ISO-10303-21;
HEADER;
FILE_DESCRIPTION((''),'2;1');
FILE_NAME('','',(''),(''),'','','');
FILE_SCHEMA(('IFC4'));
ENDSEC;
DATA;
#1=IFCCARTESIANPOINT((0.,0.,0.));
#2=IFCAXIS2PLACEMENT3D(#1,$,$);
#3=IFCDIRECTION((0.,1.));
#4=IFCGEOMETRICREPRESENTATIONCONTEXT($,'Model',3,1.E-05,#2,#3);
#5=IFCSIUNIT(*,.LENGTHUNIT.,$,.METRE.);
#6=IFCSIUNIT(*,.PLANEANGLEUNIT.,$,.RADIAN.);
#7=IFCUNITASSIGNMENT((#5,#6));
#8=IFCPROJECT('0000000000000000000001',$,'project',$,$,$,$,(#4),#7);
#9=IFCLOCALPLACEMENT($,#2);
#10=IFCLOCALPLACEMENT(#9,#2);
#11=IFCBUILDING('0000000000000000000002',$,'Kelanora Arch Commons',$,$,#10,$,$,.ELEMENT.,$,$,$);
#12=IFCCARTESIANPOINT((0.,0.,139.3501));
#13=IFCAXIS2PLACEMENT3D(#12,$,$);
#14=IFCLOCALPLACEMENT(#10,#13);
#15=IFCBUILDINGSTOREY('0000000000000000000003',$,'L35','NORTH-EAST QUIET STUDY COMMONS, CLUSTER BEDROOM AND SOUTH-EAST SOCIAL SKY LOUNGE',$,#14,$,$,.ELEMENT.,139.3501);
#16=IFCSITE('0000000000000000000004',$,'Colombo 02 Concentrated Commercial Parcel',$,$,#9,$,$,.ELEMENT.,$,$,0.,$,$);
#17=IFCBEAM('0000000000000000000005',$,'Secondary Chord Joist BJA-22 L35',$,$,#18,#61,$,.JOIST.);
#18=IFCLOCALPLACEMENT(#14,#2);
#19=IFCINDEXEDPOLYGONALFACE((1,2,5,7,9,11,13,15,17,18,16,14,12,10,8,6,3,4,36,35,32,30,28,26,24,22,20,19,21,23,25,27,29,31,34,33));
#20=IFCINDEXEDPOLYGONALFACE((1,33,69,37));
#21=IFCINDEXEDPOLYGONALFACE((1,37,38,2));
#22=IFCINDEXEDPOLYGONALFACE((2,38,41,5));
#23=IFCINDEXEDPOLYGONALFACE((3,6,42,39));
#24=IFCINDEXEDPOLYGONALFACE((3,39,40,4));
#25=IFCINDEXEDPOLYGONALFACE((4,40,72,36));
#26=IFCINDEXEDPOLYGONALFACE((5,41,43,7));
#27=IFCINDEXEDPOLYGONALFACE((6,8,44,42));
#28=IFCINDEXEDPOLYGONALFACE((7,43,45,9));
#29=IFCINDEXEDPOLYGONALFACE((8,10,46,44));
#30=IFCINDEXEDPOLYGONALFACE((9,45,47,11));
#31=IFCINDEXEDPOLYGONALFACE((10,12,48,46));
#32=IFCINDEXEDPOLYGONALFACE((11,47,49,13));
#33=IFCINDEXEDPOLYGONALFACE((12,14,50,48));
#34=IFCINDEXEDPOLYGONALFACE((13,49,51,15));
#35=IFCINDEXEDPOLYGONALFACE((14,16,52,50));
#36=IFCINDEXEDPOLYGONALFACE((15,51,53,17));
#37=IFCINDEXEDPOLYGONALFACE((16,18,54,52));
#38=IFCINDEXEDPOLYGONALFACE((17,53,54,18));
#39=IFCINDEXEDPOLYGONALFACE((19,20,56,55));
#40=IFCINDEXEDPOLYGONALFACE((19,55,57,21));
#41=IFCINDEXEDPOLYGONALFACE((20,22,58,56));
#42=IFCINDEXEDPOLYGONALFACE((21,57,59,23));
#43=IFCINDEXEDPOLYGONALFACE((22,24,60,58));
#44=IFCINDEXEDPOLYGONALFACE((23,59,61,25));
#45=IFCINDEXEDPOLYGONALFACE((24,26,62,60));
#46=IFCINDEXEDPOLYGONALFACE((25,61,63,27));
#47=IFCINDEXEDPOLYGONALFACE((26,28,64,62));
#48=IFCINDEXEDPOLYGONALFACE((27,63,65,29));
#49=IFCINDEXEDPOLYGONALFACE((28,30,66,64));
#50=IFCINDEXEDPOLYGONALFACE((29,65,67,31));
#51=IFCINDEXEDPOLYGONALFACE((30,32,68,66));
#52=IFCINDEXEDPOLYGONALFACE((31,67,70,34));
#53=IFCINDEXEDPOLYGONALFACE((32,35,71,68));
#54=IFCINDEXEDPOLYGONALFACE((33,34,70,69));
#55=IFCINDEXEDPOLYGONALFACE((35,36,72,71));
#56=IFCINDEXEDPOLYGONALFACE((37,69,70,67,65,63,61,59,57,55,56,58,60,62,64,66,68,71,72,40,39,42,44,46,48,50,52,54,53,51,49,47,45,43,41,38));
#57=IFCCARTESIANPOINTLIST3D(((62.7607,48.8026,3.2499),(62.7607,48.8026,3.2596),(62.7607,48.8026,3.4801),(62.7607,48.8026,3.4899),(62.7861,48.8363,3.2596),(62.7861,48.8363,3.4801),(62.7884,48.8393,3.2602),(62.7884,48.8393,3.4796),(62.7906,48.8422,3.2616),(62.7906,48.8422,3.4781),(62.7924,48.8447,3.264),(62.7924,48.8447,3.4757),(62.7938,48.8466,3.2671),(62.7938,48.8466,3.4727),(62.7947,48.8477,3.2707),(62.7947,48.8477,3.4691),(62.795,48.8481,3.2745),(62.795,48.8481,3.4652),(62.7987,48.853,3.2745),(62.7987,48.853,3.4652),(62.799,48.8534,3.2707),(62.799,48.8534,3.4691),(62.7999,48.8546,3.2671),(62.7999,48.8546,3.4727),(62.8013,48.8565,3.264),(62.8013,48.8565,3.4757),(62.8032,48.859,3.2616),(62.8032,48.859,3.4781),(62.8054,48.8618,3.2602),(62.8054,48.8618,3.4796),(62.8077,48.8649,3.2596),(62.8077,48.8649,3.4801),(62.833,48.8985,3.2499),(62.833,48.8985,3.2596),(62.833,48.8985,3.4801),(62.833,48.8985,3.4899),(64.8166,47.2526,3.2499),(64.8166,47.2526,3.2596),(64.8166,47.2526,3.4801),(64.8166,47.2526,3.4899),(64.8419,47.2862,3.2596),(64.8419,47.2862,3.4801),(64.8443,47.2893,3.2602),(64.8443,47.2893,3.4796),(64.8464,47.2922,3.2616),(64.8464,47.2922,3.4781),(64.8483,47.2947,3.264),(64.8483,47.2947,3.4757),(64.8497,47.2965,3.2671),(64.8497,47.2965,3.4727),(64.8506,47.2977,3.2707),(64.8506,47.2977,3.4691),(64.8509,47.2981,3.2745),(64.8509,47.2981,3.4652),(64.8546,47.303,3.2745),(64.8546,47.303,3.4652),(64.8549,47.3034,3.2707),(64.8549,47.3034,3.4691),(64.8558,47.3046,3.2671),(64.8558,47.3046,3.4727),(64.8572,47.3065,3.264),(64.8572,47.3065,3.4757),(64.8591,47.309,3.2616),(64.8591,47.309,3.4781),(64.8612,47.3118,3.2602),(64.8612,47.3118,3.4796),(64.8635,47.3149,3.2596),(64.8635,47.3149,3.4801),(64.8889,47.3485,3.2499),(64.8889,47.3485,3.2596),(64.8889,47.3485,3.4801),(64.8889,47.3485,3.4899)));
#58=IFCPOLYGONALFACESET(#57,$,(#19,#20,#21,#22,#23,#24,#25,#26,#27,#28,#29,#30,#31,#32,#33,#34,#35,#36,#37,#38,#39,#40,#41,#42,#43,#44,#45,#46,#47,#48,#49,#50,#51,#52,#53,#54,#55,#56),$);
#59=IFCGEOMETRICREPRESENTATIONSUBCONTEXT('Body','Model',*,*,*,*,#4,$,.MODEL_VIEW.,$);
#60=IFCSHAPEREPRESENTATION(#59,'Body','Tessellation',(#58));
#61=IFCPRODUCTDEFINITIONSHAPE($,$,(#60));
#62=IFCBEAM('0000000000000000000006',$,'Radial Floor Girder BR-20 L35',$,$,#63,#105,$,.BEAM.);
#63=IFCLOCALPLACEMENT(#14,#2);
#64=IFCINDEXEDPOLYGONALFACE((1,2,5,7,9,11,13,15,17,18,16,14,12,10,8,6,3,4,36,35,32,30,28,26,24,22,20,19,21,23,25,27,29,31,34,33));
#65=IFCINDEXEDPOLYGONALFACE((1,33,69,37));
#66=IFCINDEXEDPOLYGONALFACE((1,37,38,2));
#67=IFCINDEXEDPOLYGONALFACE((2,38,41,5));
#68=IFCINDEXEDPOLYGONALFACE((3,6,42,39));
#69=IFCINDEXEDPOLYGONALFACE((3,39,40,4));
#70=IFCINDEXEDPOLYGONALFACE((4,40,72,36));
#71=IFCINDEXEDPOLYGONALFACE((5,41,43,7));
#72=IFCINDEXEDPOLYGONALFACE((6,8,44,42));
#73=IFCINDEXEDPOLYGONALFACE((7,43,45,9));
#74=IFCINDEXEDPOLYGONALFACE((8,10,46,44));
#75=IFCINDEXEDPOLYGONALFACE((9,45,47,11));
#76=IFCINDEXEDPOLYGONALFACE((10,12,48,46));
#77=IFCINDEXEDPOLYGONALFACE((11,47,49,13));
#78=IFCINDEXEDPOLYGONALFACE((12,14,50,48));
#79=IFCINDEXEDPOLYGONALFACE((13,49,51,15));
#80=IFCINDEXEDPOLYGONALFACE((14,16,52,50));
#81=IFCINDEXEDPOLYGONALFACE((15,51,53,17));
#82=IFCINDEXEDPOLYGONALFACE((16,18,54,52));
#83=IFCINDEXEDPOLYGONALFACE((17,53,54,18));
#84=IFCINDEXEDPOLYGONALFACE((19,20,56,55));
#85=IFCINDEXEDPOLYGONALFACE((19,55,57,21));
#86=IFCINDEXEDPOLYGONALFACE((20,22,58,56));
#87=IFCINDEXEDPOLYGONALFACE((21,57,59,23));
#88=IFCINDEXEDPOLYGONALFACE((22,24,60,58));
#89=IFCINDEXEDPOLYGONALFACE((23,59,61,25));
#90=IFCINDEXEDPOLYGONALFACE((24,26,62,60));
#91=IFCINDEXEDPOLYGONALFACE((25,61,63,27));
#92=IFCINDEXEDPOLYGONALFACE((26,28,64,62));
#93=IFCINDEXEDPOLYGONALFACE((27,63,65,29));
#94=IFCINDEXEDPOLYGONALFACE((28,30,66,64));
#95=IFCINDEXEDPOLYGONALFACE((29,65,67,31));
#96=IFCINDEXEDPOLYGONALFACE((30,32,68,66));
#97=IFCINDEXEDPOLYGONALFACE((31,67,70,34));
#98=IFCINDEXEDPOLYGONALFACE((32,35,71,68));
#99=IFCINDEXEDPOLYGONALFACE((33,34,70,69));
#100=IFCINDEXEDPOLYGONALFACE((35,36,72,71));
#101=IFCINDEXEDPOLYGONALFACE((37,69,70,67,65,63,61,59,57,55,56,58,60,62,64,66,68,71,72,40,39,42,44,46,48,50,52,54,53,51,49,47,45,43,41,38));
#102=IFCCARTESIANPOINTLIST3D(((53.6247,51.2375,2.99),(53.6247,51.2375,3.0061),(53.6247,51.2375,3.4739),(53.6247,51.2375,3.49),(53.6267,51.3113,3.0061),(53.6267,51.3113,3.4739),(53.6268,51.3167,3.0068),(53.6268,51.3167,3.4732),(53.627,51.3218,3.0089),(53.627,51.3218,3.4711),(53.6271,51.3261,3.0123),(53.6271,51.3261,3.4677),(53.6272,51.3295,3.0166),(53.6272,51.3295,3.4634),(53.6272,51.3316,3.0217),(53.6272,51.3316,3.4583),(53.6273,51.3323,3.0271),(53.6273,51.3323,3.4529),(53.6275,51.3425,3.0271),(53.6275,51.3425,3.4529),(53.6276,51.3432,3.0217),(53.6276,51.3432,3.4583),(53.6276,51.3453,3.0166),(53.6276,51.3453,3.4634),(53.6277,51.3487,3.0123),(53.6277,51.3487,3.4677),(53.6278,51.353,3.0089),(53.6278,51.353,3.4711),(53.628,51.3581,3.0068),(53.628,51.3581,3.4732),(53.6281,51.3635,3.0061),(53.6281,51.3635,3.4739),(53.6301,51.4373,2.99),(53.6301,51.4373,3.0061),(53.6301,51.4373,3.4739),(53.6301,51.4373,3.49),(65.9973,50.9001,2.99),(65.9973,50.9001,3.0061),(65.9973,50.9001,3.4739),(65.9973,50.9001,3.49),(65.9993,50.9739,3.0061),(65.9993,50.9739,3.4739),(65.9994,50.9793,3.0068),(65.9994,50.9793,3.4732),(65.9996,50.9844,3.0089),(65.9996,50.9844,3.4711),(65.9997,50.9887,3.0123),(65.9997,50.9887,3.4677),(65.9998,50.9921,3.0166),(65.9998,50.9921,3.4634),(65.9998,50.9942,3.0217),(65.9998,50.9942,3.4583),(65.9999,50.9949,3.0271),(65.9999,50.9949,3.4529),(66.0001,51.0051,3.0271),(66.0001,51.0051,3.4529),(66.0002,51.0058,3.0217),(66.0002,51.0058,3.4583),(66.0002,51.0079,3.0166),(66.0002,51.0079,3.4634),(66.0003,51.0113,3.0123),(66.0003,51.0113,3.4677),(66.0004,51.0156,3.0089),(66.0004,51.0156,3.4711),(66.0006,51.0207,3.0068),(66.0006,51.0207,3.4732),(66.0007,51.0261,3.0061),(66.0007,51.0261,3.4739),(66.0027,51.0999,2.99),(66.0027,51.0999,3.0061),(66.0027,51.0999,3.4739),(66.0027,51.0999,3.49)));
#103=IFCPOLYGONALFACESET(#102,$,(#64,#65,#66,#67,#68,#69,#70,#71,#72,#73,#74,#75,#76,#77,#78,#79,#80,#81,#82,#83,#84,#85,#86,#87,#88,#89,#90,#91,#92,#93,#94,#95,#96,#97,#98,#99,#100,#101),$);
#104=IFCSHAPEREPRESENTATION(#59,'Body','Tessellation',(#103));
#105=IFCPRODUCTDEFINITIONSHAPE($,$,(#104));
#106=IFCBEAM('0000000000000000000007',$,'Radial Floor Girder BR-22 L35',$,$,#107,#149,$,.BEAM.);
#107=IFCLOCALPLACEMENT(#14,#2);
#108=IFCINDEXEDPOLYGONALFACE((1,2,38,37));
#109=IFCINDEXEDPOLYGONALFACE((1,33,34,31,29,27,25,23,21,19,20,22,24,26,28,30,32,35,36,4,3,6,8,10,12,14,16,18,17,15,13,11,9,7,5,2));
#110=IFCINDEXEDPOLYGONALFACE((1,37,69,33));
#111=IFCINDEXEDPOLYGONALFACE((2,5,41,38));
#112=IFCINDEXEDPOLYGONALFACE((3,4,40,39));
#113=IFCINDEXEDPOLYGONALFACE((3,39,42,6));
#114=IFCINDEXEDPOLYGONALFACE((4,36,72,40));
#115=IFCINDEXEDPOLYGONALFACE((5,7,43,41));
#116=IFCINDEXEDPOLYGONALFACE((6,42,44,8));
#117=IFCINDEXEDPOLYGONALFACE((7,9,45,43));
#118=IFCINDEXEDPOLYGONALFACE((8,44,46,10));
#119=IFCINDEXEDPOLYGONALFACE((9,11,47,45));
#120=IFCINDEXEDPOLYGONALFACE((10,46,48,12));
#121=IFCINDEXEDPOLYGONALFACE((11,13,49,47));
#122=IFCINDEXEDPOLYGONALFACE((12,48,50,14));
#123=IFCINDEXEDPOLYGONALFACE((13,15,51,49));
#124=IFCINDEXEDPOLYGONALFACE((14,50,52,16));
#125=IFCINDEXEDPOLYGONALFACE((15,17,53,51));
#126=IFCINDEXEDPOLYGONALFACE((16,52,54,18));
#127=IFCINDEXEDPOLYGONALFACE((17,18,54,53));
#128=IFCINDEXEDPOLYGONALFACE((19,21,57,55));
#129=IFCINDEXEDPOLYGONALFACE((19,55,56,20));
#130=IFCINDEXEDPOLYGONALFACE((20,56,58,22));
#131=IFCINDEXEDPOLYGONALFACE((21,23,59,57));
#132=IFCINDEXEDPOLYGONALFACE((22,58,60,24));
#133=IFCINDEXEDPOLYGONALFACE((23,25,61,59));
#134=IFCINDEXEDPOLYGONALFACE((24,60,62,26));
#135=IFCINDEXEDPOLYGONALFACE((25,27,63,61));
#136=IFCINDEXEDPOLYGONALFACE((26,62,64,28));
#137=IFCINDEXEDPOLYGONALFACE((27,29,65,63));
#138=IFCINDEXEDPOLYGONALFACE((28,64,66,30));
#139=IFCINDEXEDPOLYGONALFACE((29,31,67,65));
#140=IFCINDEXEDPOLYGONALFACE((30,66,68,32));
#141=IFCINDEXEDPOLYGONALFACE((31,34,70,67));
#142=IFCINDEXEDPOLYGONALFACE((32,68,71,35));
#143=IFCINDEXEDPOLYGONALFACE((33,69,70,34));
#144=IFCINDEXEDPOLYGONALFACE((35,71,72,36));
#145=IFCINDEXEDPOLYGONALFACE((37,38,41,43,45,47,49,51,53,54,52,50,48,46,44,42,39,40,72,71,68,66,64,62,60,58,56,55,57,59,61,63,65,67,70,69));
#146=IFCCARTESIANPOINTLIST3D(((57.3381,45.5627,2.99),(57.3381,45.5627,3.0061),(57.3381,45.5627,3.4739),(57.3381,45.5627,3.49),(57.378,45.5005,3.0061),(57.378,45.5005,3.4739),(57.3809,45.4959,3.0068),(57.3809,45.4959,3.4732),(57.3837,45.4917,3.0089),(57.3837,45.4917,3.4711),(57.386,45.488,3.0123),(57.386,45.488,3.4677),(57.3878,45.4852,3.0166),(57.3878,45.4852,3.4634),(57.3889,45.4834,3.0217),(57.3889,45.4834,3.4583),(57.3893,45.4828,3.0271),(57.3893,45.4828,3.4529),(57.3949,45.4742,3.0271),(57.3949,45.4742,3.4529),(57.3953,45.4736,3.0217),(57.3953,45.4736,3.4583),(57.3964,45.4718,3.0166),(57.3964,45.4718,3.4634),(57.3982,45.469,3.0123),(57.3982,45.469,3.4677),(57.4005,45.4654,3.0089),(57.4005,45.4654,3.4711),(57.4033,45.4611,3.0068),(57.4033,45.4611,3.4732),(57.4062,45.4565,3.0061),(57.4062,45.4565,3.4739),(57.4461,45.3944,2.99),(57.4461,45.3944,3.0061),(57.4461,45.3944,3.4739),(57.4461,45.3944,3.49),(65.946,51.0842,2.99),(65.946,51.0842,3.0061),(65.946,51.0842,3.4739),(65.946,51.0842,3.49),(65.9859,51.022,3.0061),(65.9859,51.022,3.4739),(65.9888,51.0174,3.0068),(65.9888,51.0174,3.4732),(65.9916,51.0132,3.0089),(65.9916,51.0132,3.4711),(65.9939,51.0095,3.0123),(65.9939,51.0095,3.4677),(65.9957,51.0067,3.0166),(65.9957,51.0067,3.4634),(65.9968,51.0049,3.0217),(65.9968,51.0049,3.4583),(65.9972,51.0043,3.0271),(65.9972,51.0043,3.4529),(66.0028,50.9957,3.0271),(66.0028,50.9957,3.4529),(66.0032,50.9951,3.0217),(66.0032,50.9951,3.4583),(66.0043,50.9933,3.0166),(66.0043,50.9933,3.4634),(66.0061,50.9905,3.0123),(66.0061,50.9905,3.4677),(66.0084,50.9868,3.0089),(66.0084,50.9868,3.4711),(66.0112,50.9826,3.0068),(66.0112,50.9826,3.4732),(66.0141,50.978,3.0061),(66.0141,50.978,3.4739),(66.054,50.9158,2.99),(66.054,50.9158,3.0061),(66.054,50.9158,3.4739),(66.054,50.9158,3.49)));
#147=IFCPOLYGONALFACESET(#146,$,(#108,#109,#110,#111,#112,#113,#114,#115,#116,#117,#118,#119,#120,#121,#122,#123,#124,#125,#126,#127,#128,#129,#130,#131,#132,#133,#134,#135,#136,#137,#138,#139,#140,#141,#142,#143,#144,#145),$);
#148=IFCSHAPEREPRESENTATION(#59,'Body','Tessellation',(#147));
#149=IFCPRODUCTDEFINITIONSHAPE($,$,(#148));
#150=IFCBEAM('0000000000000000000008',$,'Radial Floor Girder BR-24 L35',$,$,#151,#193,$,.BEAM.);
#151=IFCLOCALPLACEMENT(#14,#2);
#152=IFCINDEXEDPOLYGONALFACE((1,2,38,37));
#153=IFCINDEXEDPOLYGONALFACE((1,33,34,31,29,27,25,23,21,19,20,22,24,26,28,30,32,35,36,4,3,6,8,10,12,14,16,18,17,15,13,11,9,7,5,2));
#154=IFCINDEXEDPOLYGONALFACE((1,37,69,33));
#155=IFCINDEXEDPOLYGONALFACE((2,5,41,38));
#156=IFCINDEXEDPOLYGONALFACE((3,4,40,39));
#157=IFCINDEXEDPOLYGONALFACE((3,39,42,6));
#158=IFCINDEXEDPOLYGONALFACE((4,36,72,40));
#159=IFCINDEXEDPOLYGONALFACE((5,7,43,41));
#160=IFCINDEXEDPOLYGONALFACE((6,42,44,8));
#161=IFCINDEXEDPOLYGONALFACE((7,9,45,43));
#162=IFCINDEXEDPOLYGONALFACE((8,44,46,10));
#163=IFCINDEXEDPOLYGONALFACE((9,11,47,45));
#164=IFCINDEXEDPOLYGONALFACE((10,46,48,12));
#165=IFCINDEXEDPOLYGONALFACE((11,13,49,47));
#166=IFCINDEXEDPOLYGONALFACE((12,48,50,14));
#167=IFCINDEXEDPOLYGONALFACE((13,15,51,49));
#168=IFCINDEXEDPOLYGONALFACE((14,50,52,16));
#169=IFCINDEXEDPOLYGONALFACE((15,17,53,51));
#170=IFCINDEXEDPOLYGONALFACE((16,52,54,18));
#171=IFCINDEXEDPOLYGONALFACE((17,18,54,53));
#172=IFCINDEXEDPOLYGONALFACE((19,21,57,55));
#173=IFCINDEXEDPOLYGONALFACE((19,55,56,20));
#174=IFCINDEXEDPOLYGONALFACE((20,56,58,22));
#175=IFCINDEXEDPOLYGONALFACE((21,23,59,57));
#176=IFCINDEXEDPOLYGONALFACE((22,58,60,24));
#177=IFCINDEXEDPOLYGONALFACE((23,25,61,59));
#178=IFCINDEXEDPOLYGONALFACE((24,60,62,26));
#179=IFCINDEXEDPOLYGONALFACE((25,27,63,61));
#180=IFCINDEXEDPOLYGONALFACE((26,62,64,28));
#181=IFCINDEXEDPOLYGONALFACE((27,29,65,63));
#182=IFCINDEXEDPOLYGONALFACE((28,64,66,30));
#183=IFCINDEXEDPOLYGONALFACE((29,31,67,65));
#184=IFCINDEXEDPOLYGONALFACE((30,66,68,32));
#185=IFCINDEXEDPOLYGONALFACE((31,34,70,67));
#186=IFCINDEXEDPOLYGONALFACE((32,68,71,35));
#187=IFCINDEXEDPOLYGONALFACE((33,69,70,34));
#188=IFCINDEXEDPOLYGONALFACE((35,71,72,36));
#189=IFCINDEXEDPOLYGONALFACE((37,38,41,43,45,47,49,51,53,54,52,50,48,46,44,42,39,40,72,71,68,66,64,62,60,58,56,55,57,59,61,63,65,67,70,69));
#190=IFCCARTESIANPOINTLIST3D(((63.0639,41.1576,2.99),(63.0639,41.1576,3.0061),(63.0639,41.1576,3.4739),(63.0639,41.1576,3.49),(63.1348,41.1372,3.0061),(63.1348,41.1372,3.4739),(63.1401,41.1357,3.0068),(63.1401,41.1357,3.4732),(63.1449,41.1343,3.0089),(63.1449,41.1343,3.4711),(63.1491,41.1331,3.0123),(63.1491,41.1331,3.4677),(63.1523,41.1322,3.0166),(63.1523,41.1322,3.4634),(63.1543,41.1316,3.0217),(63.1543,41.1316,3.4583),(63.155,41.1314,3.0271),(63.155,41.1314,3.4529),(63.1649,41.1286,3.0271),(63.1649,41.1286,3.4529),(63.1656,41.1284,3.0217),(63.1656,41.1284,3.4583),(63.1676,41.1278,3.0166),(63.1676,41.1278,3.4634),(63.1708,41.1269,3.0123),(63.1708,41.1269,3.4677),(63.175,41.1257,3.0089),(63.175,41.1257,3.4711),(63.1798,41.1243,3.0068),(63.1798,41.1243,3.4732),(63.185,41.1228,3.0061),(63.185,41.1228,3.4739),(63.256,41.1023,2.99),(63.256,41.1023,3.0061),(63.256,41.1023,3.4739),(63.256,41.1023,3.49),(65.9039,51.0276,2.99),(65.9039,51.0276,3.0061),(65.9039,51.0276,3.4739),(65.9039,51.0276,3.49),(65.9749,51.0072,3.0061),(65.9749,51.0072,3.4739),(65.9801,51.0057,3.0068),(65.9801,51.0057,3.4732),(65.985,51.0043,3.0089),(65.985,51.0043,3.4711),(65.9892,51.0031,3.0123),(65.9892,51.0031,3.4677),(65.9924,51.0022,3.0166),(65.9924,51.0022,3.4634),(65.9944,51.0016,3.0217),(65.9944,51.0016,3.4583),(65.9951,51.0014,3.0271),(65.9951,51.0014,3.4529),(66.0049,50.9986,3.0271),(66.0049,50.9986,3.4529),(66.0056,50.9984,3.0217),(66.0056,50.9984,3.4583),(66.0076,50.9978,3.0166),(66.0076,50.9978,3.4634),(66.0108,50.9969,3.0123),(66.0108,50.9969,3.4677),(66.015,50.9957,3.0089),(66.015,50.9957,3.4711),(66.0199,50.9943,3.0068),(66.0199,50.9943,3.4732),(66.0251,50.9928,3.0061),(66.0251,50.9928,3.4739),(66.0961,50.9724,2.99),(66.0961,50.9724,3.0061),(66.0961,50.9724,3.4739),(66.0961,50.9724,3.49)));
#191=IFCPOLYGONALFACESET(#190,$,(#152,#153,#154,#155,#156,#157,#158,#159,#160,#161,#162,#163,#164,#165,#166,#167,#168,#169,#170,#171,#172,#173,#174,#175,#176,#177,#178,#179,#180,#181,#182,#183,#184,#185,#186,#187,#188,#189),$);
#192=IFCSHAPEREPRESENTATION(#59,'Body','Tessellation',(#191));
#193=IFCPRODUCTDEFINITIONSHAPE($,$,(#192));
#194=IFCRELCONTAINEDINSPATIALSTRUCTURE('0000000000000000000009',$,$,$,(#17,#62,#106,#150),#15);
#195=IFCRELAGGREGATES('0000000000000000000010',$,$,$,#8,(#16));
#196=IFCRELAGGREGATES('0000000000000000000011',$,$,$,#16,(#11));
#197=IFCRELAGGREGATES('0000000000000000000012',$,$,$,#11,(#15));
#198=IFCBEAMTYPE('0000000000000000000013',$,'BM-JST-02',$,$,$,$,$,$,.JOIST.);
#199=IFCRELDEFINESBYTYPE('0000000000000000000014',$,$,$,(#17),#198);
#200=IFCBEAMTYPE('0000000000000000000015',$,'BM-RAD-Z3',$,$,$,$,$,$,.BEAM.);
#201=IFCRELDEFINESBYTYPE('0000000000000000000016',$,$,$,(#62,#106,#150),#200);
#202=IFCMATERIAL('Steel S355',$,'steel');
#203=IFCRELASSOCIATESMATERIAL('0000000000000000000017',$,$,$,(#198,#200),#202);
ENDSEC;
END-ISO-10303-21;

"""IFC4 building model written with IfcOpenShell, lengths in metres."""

from ifc_helpers import new_model, si_unit, direction, frame, origin, origin_2d, place, context, subcontext, project, spatial, i_section, extrude, material, material_profile, profile_set, type_object, element, save


model = new_model("IFC4")

# Units and contexts
model_context = context("Model", 3, precision=1e-05, world=origin(), true_north=direction((0.0, 1.0)))
body_context = subcontext(model_context, "Body", "Model", "MODEL_VIEW")
ifc_project = project(units=[si_unit("LENGTHUNIT", "METRE"), si_unit("PLANEANGLEUNIT", "RADIAN")], contexts=[model_context])

# Site, building, storey
site_placement = place(None, origin())
site = spatial("IfcSite", under=ifc_project, at=site_placement, Name="Colombo 02 Concentrated Commercial Parcel", CompositionType="ELEMENT", RefElevation=0.0)
building_placement = place(site_placement, origin())
building = spatial("IfcBuilding", under=site, at=building_placement, Name="Kelanora Arch Commons", CompositionType="ELEMENT")
storey_placement = place(building_placement, frame((0.0, 0.0, 139.3501)))
storey = spatial("IfcBuildingStorey", under=building, at=storey_placement, Name="L35", Description="NORTH-EAST QUIET STUDY COMMONS, CLUSTER BEDROOM AND SOUTH-EAST SOCIAL SKY LOUNGE", CompositionType="ELEMENT", Elevation=139.3501)

# Beams
ifc_material_1 = material(Name="Steel S355", Category="steel")
ifc_material_profile_1 = material_profile(ifc_material_1, i_section(OverallWidth=0.1201, OverallDepth=0.24, WebThickness=0.0061, FlangeThickness=0.0098, FilletRadius=0.0149, at=origin_2d()), Name="IPE240")
ifc_profile_set_1 = profile_set([ifc_material_profile_1], Name="Steel S355")
beam_type_1 = type_object("IfcBeamType", Name="BM-JST-02", PredefinedType="JOIST", material=ifc_profile_set_1)
beam_1_placement = place(storey_placement, frame((62.7969, 48.8506, 3.3699), z_axis=(0.798484, -0.602016, 0.0), x_axis=(0.602016, 0.798484, 0.0)))
element("IfcBeam", 1, at=beam_1_placement, inside=storey, type_object=beam_type_1, Name="Secondary Chord Joist BJA-22 L35", PredefinedType="JOIST", context=body_context, shape_type="SweptSolid", body=[
    extrude(i_section(OverallWidth=0.1201, OverallDepth=0.24, WebThickness=0.0061, FlangeThickness=0.0098, FilletRadius=0.0149, at=origin_2d()), origin(), (0.0, 0.0, 1.0), 2.5747),
])
ifc_material_profile_2 = material_profile(ifc_material_1, i_section(OverallWidth=0.2, OverallDepth=0.5, WebThickness=0.0103, FlangeThickness=0.0161, FilletRadius=0.021, at=origin_2d()), Name="IPE500")
ifc_profile_set_2 = profile_set([ifc_material_profile_2], Name="Steel S355")
beam_type_2 = type_object("IfcBeamType", Name="BM-RAD-Z3", PredefinedType="BEAM", material=ifc_profile_set_2)
beam_2_placement = place(storey_placement, frame((66.0, 51.0, 3.24), z_axis=(-0.999628, 0.02726, 0.0), x_axis=(-0.02726, -0.999628, 0.0)))
element("IfcBeam", 2, at=beam_2_placement, inside=storey, type_object=beam_type_2, Name="Radial Floor Girder BR-20 L35", PredefinedType="BEAM", context=body_context, shape_type="SweptSolid", body=[
    extrude(i_section(OverallWidth=0.2, OverallDepth=0.5, WebThickness=0.0103, FlangeThickness=0.0161, FilletRadius=0.021, at=origin_2d()), origin(), (0.0, 0.0, 1.0), 12.3772),
])
beam_3_placement = place(storey_placement, frame((66.0, 51.0, 3.24), z_axis=(-0.841719, -0.539915, 0.0), x_axis=(0.539915, -0.841719, 0.0)))
element("IfcBeam", 3, at=beam_3_placement, inside=storey, type_object=beam_type_2, Name="Radial Floor Girder BR-22 L35", PredefinedType="BEAM", context=body_context, shape_type="SweptSolid", body=[
    extrude(i_section(OverallWidth=0.2, OverallDepth=0.5, WebThickness=0.0103, FlangeThickness=0.0161, FilletRadius=0.021, at=origin_2d()), origin(), (0.0, 0.0, 1.0), 10.2266),
])
beam_4_placement = place(storey_placement, frame((66.0, 51.0, 3.24), z_axis=(-0.276526, -0.961006, 0.0), x_axis=(0.961006, -0.276526, 0.0)))
element("IfcBeam", 4, at=beam_4_placement, inside=storey, type_object=beam_type_2, Name="Radial Floor Girder BR-24 L35", PredefinedType="BEAM", context=body_context, shape_type="SweptSolid", body=[
    extrude(i_section(OverallWidth=0.2, OverallDepth=0.5, WebThickness=0.0103, FlangeThickness=0.0161, FilletRadius=0.021, at=origin_2d()), origin(), (0.0, 0.0, 1.0), 10.2705),
])

save(model, "model.ifc")
